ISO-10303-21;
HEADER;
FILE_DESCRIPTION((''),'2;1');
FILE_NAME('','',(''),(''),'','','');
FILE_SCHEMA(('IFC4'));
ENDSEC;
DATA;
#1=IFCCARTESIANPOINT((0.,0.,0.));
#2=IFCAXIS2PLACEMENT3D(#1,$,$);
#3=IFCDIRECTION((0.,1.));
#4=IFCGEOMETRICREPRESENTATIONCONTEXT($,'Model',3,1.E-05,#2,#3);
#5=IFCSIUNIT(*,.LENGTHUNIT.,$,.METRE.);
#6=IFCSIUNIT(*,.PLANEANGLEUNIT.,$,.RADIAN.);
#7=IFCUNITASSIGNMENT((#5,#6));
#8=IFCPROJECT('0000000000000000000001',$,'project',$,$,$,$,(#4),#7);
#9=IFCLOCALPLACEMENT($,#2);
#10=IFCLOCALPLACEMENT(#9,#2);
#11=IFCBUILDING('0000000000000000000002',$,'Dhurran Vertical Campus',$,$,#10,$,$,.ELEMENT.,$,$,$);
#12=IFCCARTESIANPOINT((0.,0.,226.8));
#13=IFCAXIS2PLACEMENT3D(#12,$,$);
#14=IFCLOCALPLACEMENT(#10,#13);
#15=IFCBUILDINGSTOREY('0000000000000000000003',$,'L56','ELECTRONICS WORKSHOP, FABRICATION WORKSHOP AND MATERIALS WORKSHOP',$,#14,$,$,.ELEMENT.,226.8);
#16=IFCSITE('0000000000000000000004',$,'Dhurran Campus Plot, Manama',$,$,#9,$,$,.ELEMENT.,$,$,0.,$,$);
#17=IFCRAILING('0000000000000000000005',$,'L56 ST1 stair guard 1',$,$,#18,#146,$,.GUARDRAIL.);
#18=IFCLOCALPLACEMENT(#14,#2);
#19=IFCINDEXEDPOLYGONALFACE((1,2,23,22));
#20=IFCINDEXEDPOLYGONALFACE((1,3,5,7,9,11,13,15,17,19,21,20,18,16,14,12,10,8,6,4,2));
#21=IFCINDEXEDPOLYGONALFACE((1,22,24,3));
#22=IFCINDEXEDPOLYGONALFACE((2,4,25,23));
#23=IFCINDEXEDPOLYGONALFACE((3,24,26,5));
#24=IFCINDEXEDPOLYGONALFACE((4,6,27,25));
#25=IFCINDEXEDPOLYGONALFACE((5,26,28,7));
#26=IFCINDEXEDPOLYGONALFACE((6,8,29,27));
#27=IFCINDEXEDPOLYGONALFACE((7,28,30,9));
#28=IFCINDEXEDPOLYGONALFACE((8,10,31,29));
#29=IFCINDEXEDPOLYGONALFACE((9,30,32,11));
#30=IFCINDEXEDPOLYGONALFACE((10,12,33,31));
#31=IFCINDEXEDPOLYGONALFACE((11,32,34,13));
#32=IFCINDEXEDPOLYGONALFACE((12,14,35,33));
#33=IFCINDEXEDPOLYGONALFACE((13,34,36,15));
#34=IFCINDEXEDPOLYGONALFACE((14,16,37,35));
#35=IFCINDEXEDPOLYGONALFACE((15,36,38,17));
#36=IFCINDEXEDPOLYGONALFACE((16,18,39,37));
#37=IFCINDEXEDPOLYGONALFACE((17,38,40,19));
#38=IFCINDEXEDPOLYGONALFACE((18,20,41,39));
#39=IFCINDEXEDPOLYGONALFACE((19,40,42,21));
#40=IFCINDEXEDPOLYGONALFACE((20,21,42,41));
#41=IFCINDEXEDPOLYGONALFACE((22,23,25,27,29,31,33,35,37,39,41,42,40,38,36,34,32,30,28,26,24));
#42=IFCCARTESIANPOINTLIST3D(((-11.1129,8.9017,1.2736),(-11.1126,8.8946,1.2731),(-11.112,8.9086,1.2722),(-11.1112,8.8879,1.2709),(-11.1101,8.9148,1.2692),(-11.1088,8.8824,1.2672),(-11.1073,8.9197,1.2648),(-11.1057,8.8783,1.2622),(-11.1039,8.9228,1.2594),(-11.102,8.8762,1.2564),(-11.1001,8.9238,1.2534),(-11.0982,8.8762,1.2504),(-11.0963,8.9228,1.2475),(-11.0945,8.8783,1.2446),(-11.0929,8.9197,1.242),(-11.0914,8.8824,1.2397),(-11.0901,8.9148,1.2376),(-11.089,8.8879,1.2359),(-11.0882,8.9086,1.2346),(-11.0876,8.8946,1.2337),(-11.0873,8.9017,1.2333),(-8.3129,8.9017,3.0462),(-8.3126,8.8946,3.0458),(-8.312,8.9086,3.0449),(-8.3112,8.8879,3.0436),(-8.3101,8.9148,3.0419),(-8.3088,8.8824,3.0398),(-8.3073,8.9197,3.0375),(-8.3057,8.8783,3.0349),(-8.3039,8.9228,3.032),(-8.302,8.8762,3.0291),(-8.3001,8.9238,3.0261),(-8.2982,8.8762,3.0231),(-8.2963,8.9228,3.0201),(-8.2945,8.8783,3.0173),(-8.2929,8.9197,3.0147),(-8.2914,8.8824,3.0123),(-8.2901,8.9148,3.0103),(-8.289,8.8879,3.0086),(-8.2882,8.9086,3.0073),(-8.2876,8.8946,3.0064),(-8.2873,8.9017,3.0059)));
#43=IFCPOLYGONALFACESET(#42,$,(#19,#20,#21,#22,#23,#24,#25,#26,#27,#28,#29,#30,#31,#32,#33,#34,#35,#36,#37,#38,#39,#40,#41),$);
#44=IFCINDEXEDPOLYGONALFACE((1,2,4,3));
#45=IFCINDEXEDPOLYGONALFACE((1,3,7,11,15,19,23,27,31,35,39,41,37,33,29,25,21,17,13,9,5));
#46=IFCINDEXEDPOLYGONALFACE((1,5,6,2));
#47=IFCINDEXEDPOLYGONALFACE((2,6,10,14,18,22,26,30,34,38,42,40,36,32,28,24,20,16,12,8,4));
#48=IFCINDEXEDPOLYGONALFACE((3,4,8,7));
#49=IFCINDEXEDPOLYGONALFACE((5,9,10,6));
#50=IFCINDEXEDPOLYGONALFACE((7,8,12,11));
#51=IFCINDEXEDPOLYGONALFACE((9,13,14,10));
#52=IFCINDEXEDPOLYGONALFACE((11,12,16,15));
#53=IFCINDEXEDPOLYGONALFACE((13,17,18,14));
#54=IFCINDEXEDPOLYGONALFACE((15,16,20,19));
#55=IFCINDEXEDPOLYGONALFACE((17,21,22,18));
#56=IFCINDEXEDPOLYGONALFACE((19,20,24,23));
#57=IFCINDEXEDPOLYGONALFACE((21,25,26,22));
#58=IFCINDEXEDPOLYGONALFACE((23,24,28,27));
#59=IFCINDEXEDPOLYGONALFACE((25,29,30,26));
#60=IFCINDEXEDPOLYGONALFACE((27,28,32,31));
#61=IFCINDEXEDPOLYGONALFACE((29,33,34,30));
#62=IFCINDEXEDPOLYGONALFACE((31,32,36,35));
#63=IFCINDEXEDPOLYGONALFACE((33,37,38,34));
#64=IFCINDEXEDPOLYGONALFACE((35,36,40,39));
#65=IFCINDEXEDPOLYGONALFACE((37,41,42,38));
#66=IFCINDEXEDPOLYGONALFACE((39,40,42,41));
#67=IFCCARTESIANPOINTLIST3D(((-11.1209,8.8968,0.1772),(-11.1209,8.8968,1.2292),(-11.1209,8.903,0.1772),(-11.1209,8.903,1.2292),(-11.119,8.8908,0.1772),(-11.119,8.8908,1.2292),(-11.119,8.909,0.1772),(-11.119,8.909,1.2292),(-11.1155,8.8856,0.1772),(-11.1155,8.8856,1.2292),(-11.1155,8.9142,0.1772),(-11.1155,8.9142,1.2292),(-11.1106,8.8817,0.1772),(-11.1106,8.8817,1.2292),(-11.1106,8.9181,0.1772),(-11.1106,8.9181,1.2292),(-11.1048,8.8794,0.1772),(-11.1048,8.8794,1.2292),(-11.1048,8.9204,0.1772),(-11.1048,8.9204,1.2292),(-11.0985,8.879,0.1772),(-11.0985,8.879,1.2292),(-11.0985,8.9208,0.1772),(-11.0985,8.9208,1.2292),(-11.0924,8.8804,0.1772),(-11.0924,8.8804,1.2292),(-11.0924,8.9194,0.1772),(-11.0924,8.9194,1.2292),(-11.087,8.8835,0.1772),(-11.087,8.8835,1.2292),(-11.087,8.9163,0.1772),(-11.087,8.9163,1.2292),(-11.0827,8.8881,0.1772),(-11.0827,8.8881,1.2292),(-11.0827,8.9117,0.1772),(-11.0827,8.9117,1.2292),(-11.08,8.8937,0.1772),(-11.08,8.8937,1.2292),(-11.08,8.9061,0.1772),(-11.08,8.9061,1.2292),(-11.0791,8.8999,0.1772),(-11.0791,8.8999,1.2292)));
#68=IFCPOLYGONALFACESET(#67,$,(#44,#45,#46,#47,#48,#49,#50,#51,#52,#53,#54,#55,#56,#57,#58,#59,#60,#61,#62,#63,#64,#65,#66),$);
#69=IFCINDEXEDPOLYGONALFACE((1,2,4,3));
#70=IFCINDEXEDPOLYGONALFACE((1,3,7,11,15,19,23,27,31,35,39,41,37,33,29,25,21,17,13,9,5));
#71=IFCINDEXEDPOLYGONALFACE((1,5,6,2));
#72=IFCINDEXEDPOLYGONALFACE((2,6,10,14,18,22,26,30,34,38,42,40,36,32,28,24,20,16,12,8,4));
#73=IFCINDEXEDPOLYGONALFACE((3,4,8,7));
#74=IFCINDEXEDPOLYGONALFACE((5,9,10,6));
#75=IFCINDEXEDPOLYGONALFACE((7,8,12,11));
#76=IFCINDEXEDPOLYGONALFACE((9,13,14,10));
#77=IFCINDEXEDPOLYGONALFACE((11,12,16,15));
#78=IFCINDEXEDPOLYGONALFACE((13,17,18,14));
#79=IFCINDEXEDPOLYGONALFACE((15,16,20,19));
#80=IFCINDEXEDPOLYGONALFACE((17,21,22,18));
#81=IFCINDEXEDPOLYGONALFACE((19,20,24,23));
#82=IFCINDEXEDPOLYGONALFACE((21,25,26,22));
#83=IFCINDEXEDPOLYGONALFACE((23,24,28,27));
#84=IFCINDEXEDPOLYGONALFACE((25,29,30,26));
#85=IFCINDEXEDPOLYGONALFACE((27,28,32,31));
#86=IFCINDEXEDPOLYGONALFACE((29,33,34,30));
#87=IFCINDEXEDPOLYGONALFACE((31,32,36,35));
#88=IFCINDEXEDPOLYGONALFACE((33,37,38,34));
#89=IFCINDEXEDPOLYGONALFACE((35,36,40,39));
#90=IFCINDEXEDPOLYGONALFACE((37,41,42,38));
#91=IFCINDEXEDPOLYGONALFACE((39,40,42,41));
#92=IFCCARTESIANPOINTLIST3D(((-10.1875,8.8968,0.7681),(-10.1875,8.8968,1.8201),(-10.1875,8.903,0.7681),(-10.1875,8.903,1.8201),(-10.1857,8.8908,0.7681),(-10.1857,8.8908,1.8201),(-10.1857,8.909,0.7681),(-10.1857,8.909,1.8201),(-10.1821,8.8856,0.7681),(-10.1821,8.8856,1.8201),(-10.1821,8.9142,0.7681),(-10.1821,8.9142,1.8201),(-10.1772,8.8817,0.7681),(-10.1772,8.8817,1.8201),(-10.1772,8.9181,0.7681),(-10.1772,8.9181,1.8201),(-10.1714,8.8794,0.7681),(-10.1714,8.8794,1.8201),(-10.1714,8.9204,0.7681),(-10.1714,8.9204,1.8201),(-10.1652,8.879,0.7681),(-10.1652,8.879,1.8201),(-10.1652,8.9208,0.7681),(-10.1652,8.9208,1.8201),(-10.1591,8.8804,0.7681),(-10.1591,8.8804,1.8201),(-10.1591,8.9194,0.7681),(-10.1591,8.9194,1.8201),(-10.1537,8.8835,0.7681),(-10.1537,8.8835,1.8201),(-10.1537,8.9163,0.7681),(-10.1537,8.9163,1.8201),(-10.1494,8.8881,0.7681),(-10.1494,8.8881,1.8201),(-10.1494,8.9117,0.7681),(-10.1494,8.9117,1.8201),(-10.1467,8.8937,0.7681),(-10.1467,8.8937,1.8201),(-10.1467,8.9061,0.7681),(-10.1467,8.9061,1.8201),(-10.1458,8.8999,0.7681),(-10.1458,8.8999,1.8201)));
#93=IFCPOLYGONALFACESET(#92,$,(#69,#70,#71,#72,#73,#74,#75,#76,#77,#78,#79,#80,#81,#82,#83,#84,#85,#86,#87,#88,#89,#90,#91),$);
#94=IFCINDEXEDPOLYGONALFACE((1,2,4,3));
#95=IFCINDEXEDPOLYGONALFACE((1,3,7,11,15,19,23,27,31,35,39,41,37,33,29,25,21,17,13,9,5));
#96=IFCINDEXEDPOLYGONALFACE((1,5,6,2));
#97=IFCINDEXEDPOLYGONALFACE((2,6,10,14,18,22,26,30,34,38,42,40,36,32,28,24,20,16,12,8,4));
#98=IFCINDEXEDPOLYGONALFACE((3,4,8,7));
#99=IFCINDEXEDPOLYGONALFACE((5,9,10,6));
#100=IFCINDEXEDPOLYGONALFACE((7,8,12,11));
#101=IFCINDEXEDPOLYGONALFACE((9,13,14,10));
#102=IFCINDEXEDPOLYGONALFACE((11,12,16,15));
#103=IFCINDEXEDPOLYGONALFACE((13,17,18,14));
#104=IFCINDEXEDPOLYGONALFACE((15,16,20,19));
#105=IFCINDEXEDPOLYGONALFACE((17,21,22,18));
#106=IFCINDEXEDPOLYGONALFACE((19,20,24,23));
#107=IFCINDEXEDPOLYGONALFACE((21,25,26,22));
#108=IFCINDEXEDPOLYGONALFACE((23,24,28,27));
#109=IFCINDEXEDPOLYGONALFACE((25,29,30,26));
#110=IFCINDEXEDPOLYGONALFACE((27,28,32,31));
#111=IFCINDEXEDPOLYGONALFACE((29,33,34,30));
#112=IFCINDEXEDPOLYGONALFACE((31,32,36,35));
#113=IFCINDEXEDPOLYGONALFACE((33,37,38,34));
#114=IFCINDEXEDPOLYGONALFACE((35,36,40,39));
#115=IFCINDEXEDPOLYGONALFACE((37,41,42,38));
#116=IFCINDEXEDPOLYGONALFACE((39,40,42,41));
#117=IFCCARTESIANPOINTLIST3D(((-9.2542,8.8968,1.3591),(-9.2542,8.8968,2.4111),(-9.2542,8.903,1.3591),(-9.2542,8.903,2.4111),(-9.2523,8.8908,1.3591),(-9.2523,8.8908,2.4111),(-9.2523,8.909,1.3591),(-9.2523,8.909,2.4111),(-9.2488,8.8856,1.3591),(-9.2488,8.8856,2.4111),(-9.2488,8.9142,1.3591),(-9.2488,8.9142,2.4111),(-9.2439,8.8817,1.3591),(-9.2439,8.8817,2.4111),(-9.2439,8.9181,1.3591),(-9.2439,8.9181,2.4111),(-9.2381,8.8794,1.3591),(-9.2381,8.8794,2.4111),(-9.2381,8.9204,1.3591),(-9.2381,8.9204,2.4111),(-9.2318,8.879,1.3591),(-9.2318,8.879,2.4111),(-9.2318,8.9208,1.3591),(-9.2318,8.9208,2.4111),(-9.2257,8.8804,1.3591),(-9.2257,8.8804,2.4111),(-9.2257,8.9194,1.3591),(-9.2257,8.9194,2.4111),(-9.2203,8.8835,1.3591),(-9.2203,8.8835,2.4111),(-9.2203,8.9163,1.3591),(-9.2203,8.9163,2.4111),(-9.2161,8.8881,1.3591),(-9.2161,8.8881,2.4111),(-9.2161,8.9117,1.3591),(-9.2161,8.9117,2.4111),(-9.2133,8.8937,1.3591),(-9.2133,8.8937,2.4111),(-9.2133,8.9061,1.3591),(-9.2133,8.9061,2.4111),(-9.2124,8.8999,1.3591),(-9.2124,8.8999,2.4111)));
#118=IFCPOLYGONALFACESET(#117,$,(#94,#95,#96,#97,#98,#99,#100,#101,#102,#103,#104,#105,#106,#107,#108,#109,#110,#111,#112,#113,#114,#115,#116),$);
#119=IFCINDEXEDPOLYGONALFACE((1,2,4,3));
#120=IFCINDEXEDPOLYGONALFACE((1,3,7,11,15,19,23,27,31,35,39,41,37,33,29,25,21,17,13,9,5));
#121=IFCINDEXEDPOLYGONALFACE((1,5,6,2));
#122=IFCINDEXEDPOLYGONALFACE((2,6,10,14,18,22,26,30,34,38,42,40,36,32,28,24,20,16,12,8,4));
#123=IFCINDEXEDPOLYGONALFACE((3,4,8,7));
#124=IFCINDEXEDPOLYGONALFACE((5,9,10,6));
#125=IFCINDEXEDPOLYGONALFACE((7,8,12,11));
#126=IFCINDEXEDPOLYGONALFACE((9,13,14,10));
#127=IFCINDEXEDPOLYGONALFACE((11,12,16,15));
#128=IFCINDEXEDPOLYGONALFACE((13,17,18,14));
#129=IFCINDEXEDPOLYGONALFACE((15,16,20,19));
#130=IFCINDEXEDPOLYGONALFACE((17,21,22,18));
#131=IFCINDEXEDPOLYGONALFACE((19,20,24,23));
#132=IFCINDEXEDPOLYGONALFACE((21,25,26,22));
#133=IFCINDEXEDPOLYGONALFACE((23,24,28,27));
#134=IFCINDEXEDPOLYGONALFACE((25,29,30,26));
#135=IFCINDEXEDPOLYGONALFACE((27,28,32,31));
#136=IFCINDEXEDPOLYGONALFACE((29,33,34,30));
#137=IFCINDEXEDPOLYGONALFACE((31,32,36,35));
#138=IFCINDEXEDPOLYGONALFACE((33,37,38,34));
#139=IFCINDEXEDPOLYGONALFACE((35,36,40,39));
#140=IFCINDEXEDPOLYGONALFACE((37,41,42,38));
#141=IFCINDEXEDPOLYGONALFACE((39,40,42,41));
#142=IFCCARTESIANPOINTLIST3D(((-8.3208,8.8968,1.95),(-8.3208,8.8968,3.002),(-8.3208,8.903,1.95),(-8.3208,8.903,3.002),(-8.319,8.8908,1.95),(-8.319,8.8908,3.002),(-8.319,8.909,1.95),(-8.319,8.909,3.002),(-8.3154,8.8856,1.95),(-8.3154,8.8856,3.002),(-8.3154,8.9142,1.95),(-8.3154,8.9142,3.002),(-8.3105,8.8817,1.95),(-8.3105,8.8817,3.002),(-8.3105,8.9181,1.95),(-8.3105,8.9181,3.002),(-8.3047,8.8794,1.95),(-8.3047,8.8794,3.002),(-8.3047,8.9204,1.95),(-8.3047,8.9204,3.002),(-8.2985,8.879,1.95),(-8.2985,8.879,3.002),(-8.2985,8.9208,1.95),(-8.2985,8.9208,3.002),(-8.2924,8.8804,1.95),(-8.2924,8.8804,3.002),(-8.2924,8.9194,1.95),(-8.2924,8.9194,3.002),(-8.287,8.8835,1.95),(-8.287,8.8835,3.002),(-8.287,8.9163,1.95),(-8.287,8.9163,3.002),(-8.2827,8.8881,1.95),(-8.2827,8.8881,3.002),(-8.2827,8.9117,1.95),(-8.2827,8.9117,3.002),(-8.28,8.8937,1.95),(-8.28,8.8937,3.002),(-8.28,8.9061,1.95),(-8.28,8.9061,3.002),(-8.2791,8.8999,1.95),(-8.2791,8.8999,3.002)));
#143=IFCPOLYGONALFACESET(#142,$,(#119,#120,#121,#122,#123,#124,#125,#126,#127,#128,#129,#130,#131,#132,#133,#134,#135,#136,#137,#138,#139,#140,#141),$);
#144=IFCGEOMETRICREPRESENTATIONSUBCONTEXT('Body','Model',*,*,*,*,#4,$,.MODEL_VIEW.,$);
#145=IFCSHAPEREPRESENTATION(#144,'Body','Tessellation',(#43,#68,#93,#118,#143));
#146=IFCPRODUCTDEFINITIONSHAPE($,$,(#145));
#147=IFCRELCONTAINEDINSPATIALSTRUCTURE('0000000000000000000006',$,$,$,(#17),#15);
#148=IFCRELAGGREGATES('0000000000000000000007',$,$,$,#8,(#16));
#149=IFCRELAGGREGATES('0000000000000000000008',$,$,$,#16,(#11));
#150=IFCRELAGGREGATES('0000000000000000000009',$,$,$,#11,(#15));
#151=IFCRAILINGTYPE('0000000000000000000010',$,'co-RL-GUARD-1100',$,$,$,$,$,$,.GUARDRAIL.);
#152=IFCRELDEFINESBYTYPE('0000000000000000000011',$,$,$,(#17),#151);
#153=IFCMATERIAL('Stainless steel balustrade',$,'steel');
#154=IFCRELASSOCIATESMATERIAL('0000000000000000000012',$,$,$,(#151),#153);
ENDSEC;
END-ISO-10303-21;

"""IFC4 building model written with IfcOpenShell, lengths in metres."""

from ifc_helpers import new_model, si_unit, direction, frame, origin, origin_2d, place, context, subcontext, project, spatial, circle, extrude, material, type_object, element, save


model = new_model("IFC4")

# Units and contexts
model_context = context("Model", 3, precision=1e-05, world=origin(), true_north=direction((0.0, 1.0)))
body_context = subcontext(model_context, "Body", "Model", "MODEL_VIEW")
ifc_project = project(units=[si_unit("LENGTHUNIT", "METRE"), si_unit("PLANEANGLEUNIT", "RADIAN")], contexts=[model_context])

# Site, building, storey
site_placement = place(None, origin())
site = spatial("IfcSite", under=ifc_project, at=site_placement, Name="Dhurran Campus Plot, Manama", CompositionType="ELEMENT", RefElevation=0.0)
building_placement = place(site_placement, origin())
building = spatial("IfcBuilding", under=site, at=building_placement, Name="Dhurran Vertical Campus", CompositionType="ELEMENT")
storey_placement = place(building_placement, frame((0.0, 0.0, 226.8)))
storey = spatial("IfcBuildingStorey", under=building, at=storey_placement, Name="L56", Description="ELECTRONICS WORKSHOP, FABRICATION WORKSHOP AND MATERIALS WORKSHOP", CompositionType="ELEMENT", Elevation=226.8)

# Railing
ifc_material_1 = material(Name="Stainless steel balustrade", Category="steel")
railing_type_1 = type_object("IfcRailingType", Name="co-RL-GUARD-1100", PredefinedType="GUARDRAIL", material=ifc_material_1)
railing_1_placement = place(storey_placement, frame((-11.1001, 8.8999, 0.1772)))
element("IfcRailing", 1, at=railing_1_placement, inside=storey, type_object=railing_type_1, Name="L56 ST1 stair guard 1", PredefinedType="GUARDRAIL", context=body_context, shape_type="SweptSolid", body=[
    extrude(circle(Radius=0.0239, at=origin_2d()), frame((0.0, 0.0, 1.0762), z_axis=(0.844909, 0.0, 0.53491), x_axis=(0.0, 1.0, 0.0)), (0.0, 0.0, 1.0), 3.314),
    extrude(circle(Radius=0.021, at=origin_2d()), origin(), (0.0, 0.0, 1.0), 1.052),
    extrude(circle(Radius=0.021, at=origin_2d()), frame((0.9333, 0.0, 0.5908)), (0.0, 0.0, 1.0), 1.052),
    extrude(circle(Radius=0.021, at=origin_2d()), frame((1.8667, 0.0, 1.1819)), (0.0, 0.0, 1.0), 1.052),
    extrude(circle(Radius=0.021, at=origin_2d()), frame((2.8, 0.0, 1.7727)), (0.0, 0.0, 1.0), 1.052),
])

save(model, "model.ifc")
